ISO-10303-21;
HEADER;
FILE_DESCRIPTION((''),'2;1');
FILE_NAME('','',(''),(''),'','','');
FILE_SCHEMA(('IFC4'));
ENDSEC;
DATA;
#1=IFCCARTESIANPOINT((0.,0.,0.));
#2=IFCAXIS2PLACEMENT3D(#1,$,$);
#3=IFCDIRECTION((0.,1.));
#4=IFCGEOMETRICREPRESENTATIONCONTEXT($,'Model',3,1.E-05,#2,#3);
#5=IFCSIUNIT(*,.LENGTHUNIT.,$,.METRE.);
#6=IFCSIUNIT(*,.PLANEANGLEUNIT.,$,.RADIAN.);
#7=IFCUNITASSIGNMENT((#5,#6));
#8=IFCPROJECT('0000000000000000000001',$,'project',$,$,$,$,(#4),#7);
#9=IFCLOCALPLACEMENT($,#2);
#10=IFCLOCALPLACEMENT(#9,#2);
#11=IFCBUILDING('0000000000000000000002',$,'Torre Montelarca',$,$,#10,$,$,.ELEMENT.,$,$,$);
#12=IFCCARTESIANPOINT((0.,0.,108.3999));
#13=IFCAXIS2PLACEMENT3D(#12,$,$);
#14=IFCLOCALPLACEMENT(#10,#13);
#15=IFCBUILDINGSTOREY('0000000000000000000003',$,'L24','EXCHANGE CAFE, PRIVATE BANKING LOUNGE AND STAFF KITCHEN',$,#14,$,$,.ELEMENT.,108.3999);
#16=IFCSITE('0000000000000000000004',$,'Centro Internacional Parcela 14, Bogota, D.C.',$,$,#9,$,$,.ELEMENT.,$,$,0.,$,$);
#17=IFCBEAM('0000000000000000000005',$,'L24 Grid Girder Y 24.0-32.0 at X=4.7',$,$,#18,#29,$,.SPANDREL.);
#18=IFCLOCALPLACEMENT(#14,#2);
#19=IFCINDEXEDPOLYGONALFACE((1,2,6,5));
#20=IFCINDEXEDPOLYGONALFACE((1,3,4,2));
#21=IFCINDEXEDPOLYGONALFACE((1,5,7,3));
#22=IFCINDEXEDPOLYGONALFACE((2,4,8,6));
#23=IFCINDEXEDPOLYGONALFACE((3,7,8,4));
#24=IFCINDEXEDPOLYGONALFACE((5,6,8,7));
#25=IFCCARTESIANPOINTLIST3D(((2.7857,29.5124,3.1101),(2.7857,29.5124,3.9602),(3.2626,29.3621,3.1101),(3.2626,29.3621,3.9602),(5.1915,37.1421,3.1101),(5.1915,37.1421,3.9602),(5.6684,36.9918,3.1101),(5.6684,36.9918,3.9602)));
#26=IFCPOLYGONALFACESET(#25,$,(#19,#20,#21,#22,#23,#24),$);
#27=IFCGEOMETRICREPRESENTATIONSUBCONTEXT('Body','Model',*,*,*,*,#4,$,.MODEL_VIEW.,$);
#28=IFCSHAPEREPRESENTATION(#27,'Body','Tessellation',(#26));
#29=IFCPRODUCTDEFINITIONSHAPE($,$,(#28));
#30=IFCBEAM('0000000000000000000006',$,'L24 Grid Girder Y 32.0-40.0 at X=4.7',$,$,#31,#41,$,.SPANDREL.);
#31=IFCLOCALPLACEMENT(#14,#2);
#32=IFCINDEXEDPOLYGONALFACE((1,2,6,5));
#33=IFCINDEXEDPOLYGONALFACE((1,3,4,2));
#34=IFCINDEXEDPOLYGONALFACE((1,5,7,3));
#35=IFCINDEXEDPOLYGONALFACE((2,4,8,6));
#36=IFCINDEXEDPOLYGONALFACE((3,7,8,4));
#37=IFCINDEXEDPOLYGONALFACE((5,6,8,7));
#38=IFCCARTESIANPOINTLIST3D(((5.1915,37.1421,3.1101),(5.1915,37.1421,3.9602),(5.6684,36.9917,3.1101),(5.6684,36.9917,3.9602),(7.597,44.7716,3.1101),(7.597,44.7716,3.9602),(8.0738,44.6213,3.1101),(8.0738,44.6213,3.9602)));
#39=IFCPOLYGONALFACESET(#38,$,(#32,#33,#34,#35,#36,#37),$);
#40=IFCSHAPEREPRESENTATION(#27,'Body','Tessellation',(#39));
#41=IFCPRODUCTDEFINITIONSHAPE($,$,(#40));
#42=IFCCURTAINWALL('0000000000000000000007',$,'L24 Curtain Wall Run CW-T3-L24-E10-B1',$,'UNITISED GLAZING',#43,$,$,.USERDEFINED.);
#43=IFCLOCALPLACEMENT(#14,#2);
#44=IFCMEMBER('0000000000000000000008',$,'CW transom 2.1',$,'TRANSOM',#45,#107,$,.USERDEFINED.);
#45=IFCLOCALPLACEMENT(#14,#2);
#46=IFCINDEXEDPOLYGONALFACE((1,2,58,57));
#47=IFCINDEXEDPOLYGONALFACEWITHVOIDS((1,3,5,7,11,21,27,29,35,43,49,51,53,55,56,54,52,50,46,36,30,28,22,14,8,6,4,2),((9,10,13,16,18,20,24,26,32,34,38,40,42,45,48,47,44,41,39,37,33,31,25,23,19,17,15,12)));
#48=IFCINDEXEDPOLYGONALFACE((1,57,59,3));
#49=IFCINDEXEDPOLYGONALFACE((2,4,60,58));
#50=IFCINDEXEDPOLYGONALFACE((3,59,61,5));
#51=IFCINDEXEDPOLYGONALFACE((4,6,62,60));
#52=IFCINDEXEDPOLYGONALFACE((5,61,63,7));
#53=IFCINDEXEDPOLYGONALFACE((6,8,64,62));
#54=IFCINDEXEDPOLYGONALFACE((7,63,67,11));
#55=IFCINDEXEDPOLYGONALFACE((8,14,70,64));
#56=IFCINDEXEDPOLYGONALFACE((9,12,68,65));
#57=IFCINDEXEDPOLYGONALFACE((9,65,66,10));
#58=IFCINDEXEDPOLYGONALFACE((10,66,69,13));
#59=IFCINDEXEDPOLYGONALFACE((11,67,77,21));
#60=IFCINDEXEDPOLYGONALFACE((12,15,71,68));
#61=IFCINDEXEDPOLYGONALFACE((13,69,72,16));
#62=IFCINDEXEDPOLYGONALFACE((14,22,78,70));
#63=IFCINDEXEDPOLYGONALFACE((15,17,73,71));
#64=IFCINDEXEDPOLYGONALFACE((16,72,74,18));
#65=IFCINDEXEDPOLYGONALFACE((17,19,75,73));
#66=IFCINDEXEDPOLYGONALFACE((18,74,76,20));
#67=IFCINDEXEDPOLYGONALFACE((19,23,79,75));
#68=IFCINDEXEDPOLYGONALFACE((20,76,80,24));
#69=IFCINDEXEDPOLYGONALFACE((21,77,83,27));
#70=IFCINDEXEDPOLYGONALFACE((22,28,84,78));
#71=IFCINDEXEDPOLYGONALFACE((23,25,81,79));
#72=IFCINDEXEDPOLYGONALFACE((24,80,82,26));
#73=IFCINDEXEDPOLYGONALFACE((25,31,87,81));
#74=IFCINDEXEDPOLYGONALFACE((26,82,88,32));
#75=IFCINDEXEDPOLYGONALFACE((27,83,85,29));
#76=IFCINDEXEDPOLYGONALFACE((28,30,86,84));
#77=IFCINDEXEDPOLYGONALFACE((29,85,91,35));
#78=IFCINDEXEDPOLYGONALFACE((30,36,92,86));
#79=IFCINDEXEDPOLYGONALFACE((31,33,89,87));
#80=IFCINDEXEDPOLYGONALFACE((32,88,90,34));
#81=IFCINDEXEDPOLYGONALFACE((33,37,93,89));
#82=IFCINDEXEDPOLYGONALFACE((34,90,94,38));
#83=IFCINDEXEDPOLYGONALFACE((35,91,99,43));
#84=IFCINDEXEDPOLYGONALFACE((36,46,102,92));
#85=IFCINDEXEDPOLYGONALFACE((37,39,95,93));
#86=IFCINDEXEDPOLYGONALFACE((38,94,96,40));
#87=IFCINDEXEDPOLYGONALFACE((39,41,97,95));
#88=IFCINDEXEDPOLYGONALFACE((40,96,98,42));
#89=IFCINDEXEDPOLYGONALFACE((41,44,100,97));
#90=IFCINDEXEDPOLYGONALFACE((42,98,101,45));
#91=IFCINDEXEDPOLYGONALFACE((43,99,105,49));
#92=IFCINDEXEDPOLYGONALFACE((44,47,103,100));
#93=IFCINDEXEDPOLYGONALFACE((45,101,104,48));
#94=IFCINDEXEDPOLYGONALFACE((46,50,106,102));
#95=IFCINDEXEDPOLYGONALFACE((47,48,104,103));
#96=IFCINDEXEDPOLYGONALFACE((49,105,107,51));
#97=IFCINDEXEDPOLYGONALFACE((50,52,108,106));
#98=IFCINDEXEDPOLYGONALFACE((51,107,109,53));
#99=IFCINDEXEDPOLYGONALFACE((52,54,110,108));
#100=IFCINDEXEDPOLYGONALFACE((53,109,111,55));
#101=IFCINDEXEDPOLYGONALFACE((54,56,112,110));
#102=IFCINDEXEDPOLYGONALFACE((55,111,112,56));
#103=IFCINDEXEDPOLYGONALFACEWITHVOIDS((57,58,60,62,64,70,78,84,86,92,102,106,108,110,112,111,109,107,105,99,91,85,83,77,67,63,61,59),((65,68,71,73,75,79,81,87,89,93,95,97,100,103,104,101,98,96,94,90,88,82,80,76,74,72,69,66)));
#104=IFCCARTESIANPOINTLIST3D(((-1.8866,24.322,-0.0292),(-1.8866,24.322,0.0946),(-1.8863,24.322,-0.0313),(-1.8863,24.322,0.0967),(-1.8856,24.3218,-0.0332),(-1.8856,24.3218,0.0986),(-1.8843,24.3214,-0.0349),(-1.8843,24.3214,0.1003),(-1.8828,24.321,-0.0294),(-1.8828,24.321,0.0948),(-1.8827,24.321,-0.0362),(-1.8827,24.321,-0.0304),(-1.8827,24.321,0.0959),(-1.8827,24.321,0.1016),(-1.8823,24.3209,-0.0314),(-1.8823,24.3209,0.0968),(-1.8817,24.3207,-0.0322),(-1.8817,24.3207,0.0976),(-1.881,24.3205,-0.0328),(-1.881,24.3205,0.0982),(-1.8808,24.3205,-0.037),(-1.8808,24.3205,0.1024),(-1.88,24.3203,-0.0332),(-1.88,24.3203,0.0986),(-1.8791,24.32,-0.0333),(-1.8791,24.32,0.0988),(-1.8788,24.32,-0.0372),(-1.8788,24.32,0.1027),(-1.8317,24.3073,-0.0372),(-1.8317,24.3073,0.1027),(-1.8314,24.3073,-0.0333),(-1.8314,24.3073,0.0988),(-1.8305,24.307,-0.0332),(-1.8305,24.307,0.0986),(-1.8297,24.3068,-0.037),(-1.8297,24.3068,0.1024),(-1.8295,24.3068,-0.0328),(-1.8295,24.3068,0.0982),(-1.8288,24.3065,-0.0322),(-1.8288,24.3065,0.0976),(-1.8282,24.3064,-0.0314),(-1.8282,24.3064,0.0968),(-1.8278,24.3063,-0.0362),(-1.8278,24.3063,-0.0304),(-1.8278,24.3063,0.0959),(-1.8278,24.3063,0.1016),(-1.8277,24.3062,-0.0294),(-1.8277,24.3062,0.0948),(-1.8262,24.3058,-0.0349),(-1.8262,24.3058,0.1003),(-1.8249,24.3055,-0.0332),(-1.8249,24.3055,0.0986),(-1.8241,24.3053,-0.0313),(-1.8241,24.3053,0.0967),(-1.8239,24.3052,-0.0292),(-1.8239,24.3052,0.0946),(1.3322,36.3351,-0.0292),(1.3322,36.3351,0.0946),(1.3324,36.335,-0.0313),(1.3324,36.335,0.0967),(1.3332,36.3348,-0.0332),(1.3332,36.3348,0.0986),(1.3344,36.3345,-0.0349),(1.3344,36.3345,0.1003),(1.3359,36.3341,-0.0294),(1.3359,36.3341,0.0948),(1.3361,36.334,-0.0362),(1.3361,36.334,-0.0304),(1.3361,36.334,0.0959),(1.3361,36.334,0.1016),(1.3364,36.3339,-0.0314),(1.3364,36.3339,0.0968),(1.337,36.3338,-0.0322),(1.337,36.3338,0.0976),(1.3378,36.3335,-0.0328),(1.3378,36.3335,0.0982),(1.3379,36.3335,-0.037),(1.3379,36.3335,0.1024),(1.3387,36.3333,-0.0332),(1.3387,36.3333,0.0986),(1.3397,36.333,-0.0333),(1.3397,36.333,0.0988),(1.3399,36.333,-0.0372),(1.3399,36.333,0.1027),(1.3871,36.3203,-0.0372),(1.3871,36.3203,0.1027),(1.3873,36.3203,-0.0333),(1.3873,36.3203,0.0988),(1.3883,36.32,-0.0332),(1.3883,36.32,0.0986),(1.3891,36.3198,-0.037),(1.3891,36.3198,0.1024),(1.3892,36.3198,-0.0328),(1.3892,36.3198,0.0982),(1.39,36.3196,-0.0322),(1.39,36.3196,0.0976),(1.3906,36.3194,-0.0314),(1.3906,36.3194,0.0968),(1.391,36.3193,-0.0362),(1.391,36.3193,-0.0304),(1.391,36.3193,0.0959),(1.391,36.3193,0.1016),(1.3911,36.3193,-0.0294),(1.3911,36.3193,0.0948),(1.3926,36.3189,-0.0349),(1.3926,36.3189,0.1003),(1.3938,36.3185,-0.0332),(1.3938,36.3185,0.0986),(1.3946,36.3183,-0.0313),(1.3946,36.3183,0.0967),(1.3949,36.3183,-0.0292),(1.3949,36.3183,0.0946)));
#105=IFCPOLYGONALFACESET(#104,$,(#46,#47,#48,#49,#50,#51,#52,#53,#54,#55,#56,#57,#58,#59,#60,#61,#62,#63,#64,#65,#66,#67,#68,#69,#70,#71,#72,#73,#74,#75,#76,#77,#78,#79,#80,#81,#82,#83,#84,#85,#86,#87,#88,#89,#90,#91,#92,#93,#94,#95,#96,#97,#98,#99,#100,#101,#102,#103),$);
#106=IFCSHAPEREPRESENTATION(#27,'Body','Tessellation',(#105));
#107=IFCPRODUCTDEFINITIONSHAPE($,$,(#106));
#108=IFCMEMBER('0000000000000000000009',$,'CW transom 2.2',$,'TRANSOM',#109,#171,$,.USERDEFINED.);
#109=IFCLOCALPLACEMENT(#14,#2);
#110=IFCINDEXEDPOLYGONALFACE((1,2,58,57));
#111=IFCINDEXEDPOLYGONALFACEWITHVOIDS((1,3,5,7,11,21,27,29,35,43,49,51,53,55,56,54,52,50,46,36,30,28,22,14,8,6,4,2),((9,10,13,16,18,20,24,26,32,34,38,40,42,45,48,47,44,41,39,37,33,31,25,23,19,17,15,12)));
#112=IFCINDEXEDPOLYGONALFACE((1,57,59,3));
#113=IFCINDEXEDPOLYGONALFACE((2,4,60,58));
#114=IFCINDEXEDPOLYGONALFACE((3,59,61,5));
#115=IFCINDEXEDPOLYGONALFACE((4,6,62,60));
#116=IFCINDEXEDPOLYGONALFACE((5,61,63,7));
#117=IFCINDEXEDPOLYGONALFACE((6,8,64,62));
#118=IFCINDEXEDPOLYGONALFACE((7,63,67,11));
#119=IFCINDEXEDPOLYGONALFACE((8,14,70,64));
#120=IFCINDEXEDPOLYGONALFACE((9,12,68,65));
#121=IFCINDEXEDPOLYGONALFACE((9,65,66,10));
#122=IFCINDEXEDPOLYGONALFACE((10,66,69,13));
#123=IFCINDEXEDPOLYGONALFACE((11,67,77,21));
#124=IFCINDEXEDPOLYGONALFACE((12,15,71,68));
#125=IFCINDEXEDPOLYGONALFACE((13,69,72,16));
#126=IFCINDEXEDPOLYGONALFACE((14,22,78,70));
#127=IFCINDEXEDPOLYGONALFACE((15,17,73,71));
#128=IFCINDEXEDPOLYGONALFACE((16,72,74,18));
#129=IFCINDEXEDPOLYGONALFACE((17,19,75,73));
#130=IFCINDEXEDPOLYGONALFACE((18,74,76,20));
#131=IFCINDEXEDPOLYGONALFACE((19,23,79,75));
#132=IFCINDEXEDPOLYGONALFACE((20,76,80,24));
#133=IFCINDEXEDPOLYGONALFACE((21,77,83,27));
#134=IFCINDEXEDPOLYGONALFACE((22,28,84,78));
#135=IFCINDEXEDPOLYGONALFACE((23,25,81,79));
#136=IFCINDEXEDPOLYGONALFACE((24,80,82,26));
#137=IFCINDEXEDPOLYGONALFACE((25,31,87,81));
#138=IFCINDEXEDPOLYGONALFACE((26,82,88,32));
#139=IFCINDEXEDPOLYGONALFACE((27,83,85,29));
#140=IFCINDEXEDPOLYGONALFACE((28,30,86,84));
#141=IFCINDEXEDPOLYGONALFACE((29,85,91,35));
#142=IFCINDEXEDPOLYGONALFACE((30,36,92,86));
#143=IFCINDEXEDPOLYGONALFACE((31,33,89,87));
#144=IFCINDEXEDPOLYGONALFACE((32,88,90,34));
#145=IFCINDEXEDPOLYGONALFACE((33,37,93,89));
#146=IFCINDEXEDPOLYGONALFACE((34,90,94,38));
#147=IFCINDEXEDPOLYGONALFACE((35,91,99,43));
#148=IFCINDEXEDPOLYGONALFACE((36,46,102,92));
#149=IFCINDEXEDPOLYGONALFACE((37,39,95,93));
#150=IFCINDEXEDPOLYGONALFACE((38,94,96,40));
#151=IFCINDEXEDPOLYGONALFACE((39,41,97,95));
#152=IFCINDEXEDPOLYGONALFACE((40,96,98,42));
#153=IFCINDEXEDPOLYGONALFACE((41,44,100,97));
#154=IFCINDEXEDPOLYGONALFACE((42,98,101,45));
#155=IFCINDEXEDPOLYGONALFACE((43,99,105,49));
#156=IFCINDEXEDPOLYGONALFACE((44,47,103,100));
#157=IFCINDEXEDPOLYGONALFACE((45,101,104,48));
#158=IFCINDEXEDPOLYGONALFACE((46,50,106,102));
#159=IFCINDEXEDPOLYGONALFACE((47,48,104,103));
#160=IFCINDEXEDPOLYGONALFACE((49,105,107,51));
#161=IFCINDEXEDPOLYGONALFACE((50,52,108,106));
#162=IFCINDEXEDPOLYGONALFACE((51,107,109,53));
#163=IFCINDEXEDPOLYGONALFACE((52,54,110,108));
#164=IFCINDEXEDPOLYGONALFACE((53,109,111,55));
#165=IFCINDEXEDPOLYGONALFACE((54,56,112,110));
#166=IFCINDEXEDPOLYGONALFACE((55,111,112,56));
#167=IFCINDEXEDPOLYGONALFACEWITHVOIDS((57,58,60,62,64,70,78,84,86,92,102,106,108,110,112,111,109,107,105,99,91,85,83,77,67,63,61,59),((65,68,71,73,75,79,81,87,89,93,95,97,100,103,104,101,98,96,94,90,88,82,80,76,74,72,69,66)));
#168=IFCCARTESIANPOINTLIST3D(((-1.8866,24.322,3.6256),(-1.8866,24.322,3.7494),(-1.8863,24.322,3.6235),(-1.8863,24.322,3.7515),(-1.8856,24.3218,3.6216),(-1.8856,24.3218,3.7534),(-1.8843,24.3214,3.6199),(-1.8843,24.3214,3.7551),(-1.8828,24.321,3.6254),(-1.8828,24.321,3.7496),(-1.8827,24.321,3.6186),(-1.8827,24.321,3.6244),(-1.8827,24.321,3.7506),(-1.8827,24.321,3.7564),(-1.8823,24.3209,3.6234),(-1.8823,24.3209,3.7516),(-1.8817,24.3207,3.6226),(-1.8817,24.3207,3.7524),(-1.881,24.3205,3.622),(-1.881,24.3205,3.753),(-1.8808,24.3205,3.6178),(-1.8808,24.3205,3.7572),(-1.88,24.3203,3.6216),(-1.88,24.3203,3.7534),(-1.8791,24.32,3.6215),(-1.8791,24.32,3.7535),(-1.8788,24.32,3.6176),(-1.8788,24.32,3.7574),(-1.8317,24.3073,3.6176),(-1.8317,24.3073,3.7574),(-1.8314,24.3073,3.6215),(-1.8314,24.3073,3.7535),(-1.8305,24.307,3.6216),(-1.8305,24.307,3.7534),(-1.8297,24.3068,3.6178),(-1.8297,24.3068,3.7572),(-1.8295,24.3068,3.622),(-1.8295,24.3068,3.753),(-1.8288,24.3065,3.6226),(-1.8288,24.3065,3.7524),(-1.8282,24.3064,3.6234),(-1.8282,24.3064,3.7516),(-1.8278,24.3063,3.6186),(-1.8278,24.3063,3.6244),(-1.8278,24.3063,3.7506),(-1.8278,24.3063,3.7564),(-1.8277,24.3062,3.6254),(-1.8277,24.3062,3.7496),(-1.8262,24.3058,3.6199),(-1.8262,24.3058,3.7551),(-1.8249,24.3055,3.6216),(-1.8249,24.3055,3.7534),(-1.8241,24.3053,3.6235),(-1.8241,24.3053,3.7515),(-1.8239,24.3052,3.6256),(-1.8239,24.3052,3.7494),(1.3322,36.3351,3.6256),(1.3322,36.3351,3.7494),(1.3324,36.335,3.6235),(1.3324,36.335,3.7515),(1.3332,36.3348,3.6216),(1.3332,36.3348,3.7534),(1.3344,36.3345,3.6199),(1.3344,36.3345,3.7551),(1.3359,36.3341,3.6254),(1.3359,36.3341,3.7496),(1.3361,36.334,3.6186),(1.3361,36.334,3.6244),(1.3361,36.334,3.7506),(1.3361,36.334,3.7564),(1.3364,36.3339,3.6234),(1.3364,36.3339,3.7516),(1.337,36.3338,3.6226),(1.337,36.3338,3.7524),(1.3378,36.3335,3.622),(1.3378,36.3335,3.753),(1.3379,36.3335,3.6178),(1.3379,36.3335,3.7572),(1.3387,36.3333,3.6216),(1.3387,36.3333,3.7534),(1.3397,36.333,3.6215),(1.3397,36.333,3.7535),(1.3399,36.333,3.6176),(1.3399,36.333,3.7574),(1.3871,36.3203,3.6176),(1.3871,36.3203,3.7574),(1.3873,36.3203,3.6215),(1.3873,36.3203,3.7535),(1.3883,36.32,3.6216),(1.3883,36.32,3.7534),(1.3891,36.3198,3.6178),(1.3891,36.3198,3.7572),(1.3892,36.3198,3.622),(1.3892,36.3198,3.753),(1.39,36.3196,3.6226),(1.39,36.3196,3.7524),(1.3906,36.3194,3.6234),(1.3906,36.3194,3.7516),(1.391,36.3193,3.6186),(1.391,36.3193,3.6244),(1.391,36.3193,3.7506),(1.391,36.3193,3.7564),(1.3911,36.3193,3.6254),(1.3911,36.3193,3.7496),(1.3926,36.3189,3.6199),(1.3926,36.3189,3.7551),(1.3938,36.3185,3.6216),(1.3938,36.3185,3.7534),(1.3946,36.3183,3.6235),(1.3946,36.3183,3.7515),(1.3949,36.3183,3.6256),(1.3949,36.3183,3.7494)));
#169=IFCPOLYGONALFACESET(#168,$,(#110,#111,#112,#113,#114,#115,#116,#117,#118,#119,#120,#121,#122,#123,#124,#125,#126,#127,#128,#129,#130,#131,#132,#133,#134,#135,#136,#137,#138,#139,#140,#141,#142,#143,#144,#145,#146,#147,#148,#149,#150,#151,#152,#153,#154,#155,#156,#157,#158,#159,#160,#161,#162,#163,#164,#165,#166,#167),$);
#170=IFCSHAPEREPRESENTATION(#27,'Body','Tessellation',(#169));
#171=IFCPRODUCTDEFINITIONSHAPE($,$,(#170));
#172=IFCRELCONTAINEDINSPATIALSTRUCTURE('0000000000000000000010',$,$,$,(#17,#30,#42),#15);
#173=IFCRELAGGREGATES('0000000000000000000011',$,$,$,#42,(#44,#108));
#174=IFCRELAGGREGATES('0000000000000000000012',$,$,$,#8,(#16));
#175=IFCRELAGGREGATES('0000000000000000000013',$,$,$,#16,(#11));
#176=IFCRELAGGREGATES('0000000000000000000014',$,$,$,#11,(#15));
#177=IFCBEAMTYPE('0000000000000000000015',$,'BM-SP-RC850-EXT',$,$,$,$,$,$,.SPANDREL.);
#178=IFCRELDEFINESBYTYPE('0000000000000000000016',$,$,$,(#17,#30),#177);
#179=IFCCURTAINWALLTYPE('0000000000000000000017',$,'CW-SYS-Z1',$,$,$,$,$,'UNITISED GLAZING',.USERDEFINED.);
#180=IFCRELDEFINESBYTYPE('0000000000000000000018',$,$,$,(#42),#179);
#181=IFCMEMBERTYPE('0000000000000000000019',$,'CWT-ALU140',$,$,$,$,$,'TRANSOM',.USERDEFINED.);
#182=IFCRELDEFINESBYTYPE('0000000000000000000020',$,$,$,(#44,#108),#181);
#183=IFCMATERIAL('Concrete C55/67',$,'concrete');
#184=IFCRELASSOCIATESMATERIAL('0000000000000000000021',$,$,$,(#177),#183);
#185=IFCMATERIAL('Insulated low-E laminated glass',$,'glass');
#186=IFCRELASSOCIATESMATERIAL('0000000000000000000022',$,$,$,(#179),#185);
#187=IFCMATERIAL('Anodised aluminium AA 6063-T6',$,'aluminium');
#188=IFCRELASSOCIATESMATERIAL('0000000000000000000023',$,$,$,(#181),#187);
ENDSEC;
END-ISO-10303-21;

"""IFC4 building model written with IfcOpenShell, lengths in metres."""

from ifc_helpers import new_model, si_unit, direction, frame, origin, origin_2d, place, context, subcontext, project, spatial, rectangle, hollow_rectangle, extrude, source, transform, mapped, material, material_profile, profile_set, type_object, element, aggregate, save


model = new_model("IFC4")

# Units and contexts
model_context = context("Model", 3, precision=1e-05, world=origin(), true_north=direction((0.0, 1.0)))
body_context = subcontext(model_context, "Body", "Model", "MODEL_VIEW")
ifc_project = project(units=[si_unit("LENGTHUNIT", "METRE"), si_unit("PLANEANGLEUNIT", "RADIAN")], contexts=[model_context])

# Site, building, storey
site_placement = place(None, origin())
site = spatial("IfcSite", under=ifc_project, at=site_placement, Name="Centro Internacional Parcela 14, Bogota, D.C.", CompositionType="ELEMENT", RefElevation=0.0)
building_placement = place(site_placement, origin())
building = spatial("IfcBuilding", under=site, at=building_placement, Name="Torre Montelarca", CompositionType="ELEMENT")
storey_placement = place(building_placement, frame((0.0, 0.0, 108.3999)))
storey = spatial("IfcBuildingStorey", under=building, at=storey_placement, Name="L24", Description="EXCHANGE CAFE, PRIVATE BANKING LOUNGE AND STAFF KITCHEN", CompositionType="ELEMENT", Elevation=108.3999)

# Shared definitions
ifc_material_1 = material(Name="Concrete C55/67", Category="concrete")

# Beams
ifc_material_profile_1 = material_profile(ifc_material_1, rectangle(XDim=0.5, YDim=0.8501, at=origin_2d()), Name="RCB500X850", Category="concrete")
ifc_profile_set_1 = profile_set([ifc_material_profile_1], Name="Concrete C55/67")
beam_type = type_object("IfcBeamType", Name="BM-SP-RC850-EXT", PredefinedType="SPANDREL", material=ifc_profile_set_1)
shared_shape_1 = source(origin(), body_context, "Body", "SweptSolid", [
    extrude(rectangle(XDim=0.5, YDim=0.8501, at=origin_2d()), origin(), (0.0, 0.0, 1.0), 8.0),
])
beam_1_placement = place(storey_placement, frame((3.0242, 29.4373, 3.5352), z_axis=(0.300722, 0.953712, 0.0), x_axis=(-0.953712, 0.300722, 0.0)))
element("IfcBeam", 1, at=beam_1_placement, inside=storey, type_object=beam_type, Name="L24 Grid Girder Y 24.0-32.0 at X=4.7", PredefinedType="SPANDREL", context=body_context, shape_type="MappedRepresentation", body=[
    mapped(shared_shape_1, transform((0.0, 0.0, 0.0), scale=1.0)),
])
shared_shape_2 = source(origin(), body_context, "Body", "SweptSolid", [
    extrude(rectangle(XDim=0.5, YDim=0.8501, at=origin_2d()), origin(), (0.0, 0.0, 1.0), 7.9998),
])
beam_2_placement = place(storey_placement, frame((5.4299, 37.0669, 3.5352), z_axis=(0.300695, 0.95372, 0.0), x_axis=(-0.95372, 0.300695, 0.0)))
element("IfcBeam", 2, at=beam_2_placement, inside=storey, type_object=beam_type, Name="L24 Grid Girder Y 32.0-40.0 at X=4.7", PredefinedType="SPANDREL", context=body_context, shape_type="MappedRepresentation", body=[
    mapped(shared_shape_2, transform((0.0, 0.0, 0.0), scale=1.0)),
])

# Curtain wall, members
ifc_material_2 = material(Name="Insulated low-E laminated glass", Category="glass")
curtain_wall_type = type_object("IfcCurtainWallType", Name="CW-SYS-Z1", ElementType="UNITISED GLAZING", PredefinedType="USERDEFINED", material=ifc_material_2)
curtain_wall_placement = place(storey_placement, origin())
curtain_wall = element("IfcCurtainWall", 3, at=curtain_wall_placement, inside=storey, type_object=curtain_wall_type, Name="L24 Curtain Wall Run CW-T3-L24-E10-B1", ObjectType="UNITISED GLAZING", PredefinedType="USERDEFINED")
ifc_material_3 = material(Name="Anodised aluminium AA 6063-T6", Category="aluminium")
ifc_material_profile_2 = material_profile(ifc_material_3, hollow_rectangle(XDim=0.0649, YDim=0.1399, WallThickness=0.0039, InnerFilletRadius=0.0039, OuterFilletRadius=0.0081, at=origin_2d()), Name="ALU65X140X4", Category="aluminium")
ifc_profile_set_2 = profile_set([ifc_material_profile_2], Name="Anodised aluminium AA 6063-T6")
member_type_1 = type_object("IfcMemberType", Name="CWT-ALU140", ElementType="TRANSOM", PredefinedType="USERDEFINED", material=ifc_profile_set_2)
shared_shape_3 = source(origin(), body_context, "Body", "SweptSolid", [
    extrude(hollow_rectangle(XDim=0.0649, YDim=0.1399, WallThickness=0.0039, InnerFilletRadius=0.0039, OuterFilletRadius=0.0081, at=origin_2d()), origin(), (0.0, 0.0, 1.0), 12.4368),
])
member_1_placement = place(storey_placement, frame((1.3635, 36.3267, 0.0327), z_axis=(-0.258811, -0.965928, 0.0), x_axis=(0.965928, -0.258811, 0.0)))
member_1 = element("IfcMember", 4, at=member_1_placement, type_object=member_type_1, Name="CW transom 2.1", ObjectType="TRANSOM", PredefinedType="USERDEFINED", context=body_context, shape_type="MappedRepresentation", body=[
    mapped(shared_shape_3, transform((0.0, 0.0, 0.0), scale=1.0)),
])
member_2_placement = place(storey_placement, frame((1.3635, 36.3267, 3.6875), z_axis=(-0.258811, -0.965928, 0.0), x_axis=(0.965928, -0.258811, 0.0)))
member_2 = element("IfcMember", 5, at=member_2_placement, type_object=member_type_1, Name="CW transom 2.2", ObjectType="TRANSOM", PredefinedType="USERDEFINED", context=body_context, shape_type="MappedRepresentation", body=[
    mapped(shared_shape_3, transform((0.0, 0.0, 0.0), scale=1.0)),
])

aggregate(curtain_wall, [member_1, member_2])

save(model, "model.ifc")
